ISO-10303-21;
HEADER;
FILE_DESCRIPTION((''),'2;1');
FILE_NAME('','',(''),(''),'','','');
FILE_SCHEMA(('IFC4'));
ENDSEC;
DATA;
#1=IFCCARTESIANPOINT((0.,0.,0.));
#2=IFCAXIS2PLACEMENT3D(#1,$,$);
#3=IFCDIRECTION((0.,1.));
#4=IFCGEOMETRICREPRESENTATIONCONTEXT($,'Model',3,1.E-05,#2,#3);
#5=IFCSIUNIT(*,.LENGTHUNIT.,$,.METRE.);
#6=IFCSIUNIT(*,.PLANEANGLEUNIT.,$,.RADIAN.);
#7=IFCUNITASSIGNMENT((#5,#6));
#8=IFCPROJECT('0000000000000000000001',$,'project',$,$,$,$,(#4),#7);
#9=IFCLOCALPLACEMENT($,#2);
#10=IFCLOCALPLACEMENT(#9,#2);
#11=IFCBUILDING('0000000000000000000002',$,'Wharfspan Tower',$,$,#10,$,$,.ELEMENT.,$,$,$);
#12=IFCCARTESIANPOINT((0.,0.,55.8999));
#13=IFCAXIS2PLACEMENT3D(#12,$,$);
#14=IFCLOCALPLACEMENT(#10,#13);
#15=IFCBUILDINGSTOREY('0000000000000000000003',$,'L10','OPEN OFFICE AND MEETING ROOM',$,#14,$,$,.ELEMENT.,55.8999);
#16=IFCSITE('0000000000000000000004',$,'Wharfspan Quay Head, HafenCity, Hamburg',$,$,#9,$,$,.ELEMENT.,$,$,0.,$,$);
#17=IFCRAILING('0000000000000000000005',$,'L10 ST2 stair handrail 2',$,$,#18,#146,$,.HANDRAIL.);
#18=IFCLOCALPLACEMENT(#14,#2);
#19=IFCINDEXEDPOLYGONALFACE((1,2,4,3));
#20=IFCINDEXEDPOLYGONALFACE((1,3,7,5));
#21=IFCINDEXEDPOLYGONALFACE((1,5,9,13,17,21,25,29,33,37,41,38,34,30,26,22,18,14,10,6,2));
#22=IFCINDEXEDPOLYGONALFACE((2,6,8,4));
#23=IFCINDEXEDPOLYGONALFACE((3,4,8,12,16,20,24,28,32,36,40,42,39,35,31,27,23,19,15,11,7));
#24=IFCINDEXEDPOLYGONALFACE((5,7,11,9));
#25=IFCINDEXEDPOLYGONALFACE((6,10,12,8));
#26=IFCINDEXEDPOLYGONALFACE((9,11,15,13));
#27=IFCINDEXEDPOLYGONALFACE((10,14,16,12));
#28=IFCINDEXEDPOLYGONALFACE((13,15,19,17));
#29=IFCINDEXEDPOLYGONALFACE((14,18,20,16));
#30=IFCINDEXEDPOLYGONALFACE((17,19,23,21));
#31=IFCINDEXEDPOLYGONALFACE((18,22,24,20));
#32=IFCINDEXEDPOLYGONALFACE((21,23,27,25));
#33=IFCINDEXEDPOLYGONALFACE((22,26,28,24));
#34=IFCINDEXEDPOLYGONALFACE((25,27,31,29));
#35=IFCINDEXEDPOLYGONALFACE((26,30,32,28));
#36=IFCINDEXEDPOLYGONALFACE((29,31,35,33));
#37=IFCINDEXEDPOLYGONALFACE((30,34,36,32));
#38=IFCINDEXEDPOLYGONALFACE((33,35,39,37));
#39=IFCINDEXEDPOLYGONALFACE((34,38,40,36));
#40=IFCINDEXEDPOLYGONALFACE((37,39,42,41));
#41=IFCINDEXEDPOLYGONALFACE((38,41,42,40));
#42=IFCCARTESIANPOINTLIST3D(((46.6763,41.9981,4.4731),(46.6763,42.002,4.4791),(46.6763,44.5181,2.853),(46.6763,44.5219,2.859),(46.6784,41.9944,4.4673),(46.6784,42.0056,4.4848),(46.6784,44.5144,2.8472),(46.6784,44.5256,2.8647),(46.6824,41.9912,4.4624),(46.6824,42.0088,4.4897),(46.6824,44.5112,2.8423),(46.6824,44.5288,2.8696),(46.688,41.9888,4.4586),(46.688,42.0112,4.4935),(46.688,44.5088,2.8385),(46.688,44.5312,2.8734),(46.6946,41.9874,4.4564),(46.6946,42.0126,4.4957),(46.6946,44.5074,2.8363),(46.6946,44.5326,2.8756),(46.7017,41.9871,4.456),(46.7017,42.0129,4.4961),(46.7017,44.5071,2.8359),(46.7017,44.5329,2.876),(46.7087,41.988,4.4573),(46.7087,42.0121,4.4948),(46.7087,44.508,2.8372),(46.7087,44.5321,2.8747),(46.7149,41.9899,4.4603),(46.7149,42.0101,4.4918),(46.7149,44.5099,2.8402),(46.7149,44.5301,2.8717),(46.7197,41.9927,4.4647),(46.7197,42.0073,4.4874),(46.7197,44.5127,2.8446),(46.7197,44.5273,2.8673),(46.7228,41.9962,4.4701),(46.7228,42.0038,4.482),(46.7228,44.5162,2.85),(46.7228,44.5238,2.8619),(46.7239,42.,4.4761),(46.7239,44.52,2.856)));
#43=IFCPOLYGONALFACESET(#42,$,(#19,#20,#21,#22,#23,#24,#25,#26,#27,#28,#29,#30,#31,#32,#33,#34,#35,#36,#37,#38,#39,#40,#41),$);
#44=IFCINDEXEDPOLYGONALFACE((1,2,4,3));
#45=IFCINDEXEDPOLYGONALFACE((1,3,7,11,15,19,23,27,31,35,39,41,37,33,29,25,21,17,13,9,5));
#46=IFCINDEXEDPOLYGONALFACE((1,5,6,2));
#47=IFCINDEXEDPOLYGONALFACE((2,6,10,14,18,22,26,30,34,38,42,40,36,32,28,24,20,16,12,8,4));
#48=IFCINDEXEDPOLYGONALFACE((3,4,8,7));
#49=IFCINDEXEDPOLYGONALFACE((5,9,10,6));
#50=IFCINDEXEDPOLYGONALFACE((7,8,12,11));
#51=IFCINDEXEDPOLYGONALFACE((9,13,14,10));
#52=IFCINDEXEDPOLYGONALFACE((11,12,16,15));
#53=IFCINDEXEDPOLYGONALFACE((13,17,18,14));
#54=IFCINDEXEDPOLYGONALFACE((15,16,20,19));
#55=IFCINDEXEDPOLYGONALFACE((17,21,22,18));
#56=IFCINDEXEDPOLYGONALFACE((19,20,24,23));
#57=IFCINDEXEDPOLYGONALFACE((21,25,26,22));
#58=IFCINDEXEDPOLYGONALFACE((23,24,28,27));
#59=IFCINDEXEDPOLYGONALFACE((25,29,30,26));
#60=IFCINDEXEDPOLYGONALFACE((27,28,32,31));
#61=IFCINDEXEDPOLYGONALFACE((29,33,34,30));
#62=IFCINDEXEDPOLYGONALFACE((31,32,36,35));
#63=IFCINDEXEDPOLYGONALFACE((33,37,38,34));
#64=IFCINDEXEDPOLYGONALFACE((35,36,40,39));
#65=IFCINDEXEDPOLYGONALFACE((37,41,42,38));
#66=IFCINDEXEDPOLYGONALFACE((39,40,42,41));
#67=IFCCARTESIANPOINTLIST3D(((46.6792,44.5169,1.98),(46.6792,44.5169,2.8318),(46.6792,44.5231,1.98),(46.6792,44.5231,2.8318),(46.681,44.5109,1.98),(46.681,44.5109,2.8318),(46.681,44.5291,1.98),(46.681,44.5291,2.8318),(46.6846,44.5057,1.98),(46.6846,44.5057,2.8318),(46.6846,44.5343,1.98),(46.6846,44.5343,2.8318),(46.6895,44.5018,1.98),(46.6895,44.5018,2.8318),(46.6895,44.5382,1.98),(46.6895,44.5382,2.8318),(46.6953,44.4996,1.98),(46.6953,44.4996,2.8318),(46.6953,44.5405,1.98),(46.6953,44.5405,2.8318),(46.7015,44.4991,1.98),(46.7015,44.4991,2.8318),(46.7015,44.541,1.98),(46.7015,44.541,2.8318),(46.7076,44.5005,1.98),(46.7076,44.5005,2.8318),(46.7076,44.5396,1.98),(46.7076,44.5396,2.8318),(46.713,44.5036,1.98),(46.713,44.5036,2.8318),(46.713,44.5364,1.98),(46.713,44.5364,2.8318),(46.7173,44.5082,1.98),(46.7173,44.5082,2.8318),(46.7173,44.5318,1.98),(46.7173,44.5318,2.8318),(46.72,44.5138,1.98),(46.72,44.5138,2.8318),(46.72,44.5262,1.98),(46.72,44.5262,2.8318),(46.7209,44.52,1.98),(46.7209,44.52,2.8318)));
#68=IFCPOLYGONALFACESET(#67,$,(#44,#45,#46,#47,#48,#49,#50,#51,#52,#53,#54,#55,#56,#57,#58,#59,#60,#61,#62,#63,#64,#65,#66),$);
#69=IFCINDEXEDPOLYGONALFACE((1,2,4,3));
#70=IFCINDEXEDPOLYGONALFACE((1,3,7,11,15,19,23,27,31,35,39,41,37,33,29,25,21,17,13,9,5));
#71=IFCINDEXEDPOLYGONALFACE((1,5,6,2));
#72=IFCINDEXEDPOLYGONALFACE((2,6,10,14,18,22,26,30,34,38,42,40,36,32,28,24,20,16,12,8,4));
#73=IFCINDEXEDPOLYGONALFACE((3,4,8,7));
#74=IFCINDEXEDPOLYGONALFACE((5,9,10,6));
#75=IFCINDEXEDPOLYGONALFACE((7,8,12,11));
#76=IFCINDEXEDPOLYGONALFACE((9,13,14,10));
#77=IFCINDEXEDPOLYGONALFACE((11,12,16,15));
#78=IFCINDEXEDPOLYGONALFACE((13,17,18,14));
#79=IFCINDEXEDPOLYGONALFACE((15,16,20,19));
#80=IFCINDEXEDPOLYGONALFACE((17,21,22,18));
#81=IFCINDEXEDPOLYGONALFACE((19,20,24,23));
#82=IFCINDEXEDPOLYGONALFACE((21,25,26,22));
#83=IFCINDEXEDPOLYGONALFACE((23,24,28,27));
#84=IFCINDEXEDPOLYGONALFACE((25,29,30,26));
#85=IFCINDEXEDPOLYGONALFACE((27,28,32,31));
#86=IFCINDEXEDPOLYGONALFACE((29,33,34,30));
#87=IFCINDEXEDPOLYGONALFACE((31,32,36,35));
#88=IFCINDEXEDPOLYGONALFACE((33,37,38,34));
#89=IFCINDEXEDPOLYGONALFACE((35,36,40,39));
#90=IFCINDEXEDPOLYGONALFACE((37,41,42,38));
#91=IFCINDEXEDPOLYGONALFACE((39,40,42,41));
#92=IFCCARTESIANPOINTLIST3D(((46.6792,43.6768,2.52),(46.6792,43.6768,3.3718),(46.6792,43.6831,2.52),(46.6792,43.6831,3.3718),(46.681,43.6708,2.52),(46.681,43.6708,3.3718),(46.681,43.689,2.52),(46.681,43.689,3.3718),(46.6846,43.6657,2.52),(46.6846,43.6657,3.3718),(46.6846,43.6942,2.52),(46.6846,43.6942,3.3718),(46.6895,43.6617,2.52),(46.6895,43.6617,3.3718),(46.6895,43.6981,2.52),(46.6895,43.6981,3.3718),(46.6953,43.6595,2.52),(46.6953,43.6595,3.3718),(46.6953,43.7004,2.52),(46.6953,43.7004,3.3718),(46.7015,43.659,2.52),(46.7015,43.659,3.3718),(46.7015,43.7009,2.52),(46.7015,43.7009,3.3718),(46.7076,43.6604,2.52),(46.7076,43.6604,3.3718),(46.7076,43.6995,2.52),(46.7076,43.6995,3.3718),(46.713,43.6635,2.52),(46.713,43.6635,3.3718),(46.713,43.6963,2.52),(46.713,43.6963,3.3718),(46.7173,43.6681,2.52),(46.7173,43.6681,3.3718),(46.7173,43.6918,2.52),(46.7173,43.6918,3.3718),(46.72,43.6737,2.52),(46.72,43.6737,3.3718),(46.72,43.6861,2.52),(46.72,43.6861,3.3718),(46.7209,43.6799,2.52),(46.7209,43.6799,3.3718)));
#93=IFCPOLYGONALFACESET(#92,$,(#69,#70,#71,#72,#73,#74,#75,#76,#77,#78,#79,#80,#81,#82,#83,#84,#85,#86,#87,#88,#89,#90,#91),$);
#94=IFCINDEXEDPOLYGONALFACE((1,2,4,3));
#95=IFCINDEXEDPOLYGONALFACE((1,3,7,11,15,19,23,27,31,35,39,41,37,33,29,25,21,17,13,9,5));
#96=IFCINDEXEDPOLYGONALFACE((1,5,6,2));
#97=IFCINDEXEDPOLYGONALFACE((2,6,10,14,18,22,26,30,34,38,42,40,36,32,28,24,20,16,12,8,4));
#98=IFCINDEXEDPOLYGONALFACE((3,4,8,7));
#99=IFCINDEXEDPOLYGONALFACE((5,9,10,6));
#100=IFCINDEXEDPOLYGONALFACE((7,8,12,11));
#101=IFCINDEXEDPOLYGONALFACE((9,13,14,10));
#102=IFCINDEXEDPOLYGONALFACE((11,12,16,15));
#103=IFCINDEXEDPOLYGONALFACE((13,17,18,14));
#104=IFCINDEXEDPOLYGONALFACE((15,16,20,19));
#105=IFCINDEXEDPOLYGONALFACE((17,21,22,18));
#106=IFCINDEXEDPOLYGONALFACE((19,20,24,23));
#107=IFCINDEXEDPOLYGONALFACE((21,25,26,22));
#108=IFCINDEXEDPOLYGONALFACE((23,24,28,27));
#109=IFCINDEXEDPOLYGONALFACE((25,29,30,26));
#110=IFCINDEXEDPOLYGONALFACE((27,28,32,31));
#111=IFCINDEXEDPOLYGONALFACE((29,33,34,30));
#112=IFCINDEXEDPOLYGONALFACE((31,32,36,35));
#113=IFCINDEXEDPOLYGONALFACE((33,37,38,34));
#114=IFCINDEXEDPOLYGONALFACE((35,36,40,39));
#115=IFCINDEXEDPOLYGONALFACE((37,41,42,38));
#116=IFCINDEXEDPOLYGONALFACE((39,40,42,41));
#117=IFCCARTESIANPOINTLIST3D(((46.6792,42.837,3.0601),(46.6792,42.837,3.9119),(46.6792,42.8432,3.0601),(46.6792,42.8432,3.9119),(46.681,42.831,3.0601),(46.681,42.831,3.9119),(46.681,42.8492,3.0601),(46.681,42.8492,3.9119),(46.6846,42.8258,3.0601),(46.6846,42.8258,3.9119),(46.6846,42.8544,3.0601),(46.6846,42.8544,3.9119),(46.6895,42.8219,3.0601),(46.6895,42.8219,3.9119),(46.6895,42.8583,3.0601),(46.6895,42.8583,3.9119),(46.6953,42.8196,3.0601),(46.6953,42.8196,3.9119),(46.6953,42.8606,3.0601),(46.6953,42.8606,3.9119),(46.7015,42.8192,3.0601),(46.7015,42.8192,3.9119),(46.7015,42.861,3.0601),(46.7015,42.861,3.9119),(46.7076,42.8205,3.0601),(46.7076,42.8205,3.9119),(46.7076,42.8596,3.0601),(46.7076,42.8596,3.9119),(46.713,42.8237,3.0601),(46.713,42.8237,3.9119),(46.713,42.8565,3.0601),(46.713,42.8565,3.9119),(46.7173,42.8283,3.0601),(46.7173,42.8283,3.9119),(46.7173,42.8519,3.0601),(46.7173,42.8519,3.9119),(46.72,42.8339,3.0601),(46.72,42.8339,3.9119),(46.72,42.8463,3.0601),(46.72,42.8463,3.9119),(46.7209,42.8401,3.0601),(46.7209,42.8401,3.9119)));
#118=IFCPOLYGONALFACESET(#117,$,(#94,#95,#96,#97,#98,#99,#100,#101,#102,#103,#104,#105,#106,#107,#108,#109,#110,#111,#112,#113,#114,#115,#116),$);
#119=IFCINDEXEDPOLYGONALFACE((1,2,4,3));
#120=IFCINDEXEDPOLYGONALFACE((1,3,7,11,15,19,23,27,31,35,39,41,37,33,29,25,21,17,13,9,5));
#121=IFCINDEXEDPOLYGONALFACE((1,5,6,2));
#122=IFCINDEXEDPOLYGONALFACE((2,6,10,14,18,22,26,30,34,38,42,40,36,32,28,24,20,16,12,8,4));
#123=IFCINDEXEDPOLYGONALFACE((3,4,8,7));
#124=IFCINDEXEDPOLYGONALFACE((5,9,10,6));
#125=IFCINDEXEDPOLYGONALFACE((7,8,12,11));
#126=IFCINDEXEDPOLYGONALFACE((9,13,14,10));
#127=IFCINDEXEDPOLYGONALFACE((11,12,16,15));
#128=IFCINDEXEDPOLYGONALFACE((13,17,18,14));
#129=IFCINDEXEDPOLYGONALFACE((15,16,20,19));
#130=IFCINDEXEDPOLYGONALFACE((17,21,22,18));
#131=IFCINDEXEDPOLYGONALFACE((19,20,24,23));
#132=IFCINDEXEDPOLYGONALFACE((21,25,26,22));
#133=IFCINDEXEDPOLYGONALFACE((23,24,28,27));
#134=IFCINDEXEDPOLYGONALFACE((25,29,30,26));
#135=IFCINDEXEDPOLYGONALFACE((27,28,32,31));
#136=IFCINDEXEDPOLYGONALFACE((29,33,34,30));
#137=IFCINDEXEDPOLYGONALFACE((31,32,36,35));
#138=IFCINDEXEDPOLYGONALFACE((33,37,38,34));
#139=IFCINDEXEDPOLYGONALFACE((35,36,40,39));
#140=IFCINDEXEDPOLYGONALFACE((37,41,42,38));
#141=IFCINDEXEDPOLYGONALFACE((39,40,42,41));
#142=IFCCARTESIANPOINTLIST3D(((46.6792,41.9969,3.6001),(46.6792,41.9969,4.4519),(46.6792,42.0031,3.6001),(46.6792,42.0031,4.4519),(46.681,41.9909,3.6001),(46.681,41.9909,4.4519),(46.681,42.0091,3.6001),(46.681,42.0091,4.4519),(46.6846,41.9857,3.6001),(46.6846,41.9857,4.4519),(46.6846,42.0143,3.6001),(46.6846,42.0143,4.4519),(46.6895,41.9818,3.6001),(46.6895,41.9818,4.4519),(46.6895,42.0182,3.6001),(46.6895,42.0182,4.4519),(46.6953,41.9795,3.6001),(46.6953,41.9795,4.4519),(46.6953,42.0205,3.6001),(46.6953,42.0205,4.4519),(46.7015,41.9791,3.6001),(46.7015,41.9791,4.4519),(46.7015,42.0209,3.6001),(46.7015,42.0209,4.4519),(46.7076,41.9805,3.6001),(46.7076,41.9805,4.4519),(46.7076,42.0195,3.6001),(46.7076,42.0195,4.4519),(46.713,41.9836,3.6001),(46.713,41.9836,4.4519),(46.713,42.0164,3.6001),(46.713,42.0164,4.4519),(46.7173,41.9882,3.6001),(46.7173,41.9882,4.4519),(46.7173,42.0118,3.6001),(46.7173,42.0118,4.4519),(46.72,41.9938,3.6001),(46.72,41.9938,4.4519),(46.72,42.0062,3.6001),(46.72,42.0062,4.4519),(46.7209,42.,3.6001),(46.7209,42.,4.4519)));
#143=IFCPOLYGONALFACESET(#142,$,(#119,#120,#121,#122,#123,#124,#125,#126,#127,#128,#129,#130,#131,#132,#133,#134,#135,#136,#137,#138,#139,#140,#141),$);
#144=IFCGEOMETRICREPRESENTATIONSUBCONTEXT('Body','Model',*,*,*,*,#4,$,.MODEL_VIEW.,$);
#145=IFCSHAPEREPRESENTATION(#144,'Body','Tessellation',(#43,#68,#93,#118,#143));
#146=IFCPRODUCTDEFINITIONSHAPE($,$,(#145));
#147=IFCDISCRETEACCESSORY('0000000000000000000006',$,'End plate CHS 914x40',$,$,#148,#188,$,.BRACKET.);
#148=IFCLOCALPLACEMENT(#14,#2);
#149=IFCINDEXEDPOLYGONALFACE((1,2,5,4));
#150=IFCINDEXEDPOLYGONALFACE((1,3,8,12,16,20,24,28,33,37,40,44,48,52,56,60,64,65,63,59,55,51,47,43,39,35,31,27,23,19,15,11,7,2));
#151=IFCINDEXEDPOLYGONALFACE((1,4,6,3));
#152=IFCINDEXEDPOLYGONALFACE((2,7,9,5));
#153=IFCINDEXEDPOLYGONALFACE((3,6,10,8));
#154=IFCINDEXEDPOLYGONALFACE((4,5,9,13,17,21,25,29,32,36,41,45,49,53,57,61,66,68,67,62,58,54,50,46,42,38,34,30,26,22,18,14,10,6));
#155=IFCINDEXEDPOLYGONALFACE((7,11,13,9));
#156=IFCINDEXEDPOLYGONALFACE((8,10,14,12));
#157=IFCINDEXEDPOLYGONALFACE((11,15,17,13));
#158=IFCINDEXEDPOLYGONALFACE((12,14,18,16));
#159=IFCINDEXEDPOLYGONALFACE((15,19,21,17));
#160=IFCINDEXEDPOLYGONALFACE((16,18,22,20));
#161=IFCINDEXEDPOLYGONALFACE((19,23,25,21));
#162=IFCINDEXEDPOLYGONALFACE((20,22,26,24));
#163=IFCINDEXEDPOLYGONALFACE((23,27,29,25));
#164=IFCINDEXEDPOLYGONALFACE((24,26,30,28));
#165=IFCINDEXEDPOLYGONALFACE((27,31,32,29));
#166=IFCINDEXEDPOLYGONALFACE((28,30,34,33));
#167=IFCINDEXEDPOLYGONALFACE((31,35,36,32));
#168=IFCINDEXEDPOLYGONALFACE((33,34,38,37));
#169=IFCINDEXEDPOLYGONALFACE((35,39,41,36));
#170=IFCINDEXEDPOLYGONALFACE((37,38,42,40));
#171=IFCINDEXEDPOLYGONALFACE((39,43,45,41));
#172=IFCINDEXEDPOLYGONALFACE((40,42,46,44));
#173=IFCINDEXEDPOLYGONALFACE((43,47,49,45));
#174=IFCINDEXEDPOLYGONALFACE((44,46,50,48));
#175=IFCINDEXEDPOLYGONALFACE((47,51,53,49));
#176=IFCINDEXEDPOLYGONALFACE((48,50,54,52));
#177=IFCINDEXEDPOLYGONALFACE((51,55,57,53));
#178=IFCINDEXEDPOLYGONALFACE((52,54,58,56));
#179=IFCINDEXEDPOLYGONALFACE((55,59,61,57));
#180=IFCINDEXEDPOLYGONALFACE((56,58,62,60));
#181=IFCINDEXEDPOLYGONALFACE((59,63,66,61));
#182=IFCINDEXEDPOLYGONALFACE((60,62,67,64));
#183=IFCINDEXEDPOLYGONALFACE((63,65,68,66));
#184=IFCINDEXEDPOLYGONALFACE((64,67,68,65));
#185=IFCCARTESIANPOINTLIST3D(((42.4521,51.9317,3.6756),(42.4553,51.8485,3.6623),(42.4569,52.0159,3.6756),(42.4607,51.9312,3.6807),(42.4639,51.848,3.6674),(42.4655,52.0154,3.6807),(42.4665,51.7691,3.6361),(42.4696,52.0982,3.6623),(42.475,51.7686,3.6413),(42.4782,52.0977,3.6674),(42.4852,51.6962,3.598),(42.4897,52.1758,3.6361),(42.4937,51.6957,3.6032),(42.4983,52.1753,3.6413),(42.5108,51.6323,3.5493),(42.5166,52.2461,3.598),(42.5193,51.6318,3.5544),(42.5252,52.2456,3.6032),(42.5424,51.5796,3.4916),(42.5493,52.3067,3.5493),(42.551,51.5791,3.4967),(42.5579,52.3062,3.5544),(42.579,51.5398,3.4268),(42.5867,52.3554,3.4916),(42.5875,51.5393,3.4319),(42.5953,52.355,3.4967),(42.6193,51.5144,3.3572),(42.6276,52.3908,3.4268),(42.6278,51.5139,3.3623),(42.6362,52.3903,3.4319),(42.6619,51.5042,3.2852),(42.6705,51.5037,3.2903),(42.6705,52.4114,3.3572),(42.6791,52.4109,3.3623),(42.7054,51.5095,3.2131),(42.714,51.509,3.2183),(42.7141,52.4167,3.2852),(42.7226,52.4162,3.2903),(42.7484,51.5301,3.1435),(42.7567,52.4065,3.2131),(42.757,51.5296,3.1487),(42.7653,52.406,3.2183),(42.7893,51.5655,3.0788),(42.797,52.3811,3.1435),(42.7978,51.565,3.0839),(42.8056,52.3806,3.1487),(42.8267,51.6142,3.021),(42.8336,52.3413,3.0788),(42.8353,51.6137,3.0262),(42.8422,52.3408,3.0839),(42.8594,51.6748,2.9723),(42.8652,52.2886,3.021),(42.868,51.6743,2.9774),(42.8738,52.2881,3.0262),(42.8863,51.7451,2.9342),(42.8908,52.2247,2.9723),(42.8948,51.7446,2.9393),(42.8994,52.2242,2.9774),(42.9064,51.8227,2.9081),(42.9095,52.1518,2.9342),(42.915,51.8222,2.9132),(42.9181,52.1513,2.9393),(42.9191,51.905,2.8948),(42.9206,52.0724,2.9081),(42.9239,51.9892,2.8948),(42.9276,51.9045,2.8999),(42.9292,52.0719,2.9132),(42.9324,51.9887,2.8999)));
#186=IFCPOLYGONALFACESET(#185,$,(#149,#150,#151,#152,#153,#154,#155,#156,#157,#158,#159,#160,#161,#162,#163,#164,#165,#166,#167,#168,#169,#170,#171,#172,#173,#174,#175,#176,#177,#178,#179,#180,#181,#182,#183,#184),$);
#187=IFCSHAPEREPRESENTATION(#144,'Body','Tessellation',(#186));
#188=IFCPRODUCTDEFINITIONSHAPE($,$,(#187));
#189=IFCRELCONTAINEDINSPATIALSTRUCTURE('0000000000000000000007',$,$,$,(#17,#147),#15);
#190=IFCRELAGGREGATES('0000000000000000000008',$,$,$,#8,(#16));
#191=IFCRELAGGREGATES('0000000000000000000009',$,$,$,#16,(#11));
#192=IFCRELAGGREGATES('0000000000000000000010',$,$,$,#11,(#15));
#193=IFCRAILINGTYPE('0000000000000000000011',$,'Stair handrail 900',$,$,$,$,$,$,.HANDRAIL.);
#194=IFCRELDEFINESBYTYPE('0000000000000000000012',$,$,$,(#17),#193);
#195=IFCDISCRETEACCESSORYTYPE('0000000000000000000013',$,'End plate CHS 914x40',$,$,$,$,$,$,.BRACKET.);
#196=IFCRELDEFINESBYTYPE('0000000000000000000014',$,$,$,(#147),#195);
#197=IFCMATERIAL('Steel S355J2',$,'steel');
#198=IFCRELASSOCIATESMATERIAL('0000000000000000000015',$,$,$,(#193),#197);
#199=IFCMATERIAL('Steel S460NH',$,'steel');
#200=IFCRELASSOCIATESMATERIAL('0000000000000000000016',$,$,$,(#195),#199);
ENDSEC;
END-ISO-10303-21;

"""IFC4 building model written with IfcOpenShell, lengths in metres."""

from ifc_helpers import new_model, si_unit, direction, frame, origin, origin_2d, place, context, subcontext, project, spatial, circle, extrude, material, material_profile, profile_set, type_object, element, save


model = new_model("IFC4")

# Units and contexts
model_context = context("Model", 3, precision=1e-05, world=origin(), true_north=direction((0.0, 1.0)))
body_context = subcontext(model_context, "Body", "Model", "MODEL_VIEW")
ifc_project = project(units=[si_unit("LENGTHUNIT", "METRE"), si_unit("PLANEANGLEUNIT", "RADIAN")], contexts=[model_context])

# Site, building, storey
site_placement = place(None, origin())
site = spatial("IfcSite", under=ifc_project, at=site_placement, Name="Wharfspan Quay Head, HafenCity, Hamburg", CompositionType="ELEMENT", RefElevation=0.0)
building_placement = place(site_placement, origin())
building = spatial("IfcBuilding", under=site, at=building_placement, Name="Wharfspan Tower", CompositionType="ELEMENT")
storey_placement = place(building_placement, frame((0.0, 0.0, 55.8999)))
storey = spatial("IfcBuildingStorey", under=building, at=storey_placement, Name="L10", Description="OPEN OFFICE AND MEETING ROOM", CompositionType="ELEMENT", Elevation=55.8999)

# Shared definitions
ifc_material_1 = material(Name="Steel S355J2", Category="steel")

# Shared definitions
ifc_material_2 = material(Name="Steel S460NH", Category="steel")

# Railing
railing_type_1 = type_object("IfcRailingType", Name="Stair handrail 900", PredefinedType="HANDRAIL", material=ifc_material_1)
railing_1_placement = place(storey_placement, frame((46.7, 44.52, 1.98)))
element("IfcRailing", 1, at=railing_1_placement, inside=storey, type_object=railing_type_1, Name="L10 ST2 stair handrail 2", PredefinedType="HANDRAIL", context=body_context, shape_type="SweptSolid", body=[
    extrude(circle(Radius=0.0239, at=origin_2d()), frame((0.0, 0.0, 0.876), z_axis=(0.0, -0.841163, 0.540782), x_axis=(1.0, 0.0, 0.0)), (0.0, 0.0, 1.0), 2.9958),
    extrude(circle(Radius=0.021, at=origin_2d()), origin(), (0.0, 0.0, 1.0), 0.8518),
    extrude(circle(Radius=0.021, at=origin_2d()), frame((0.0, -0.8401, 0.54)), (0.0, 0.0, 1.0), 0.8518),
    extrude(circle(Radius=0.021, at=origin_2d()), frame((0.0, -1.6799, 1.0801)), (0.0, 0.0, 1.0), 0.8518),
    extrude(circle(Radius=0.021, at=origin_2d()), frame((0.0, -2.52, 1.6201)), (0.0, 0.0, 1.0), 0.8518),
])

# Discrete accessory
ifc_material_profile_1 = material_profile(ifc_material_2, circle(Radius=0.457, at=origin_2d()))
ifc_profile_set_1 = profile_set([ifc_material_profile_1], Name="Steel S460NH")
discrete_accessory_type = type_object("IfcDiscreteAccessoryType", Name="End plate CHS 914x40", PredefinedType="BRACKET", material=ifc_profile_set_1)
for number, where, z_axis, x_axis, name in (
    (2, (42.688, 51.9604, 3.2852), (0.856465, -0.048941, 0.513879), (0.05705, 0.998372, 0.0), "End plate CHS 914x40"),
):
    element("IfcDiscreteAccessory", number, at=place(storey_placement, frame(where, z_axis=z_axis, x_axis=x_axis)), inside=storey, type_object=discrete_accessory_type, Name=name, PredefinedType="BRACKET", context=body_context, shape_type="SweptSolid", body=[
        extrude(circle(Radius=0.457, at=origin_2d()), origin(), (0.0, 0.0, 1.0), 0.01),
    ])

save(model, "model.ifc")
